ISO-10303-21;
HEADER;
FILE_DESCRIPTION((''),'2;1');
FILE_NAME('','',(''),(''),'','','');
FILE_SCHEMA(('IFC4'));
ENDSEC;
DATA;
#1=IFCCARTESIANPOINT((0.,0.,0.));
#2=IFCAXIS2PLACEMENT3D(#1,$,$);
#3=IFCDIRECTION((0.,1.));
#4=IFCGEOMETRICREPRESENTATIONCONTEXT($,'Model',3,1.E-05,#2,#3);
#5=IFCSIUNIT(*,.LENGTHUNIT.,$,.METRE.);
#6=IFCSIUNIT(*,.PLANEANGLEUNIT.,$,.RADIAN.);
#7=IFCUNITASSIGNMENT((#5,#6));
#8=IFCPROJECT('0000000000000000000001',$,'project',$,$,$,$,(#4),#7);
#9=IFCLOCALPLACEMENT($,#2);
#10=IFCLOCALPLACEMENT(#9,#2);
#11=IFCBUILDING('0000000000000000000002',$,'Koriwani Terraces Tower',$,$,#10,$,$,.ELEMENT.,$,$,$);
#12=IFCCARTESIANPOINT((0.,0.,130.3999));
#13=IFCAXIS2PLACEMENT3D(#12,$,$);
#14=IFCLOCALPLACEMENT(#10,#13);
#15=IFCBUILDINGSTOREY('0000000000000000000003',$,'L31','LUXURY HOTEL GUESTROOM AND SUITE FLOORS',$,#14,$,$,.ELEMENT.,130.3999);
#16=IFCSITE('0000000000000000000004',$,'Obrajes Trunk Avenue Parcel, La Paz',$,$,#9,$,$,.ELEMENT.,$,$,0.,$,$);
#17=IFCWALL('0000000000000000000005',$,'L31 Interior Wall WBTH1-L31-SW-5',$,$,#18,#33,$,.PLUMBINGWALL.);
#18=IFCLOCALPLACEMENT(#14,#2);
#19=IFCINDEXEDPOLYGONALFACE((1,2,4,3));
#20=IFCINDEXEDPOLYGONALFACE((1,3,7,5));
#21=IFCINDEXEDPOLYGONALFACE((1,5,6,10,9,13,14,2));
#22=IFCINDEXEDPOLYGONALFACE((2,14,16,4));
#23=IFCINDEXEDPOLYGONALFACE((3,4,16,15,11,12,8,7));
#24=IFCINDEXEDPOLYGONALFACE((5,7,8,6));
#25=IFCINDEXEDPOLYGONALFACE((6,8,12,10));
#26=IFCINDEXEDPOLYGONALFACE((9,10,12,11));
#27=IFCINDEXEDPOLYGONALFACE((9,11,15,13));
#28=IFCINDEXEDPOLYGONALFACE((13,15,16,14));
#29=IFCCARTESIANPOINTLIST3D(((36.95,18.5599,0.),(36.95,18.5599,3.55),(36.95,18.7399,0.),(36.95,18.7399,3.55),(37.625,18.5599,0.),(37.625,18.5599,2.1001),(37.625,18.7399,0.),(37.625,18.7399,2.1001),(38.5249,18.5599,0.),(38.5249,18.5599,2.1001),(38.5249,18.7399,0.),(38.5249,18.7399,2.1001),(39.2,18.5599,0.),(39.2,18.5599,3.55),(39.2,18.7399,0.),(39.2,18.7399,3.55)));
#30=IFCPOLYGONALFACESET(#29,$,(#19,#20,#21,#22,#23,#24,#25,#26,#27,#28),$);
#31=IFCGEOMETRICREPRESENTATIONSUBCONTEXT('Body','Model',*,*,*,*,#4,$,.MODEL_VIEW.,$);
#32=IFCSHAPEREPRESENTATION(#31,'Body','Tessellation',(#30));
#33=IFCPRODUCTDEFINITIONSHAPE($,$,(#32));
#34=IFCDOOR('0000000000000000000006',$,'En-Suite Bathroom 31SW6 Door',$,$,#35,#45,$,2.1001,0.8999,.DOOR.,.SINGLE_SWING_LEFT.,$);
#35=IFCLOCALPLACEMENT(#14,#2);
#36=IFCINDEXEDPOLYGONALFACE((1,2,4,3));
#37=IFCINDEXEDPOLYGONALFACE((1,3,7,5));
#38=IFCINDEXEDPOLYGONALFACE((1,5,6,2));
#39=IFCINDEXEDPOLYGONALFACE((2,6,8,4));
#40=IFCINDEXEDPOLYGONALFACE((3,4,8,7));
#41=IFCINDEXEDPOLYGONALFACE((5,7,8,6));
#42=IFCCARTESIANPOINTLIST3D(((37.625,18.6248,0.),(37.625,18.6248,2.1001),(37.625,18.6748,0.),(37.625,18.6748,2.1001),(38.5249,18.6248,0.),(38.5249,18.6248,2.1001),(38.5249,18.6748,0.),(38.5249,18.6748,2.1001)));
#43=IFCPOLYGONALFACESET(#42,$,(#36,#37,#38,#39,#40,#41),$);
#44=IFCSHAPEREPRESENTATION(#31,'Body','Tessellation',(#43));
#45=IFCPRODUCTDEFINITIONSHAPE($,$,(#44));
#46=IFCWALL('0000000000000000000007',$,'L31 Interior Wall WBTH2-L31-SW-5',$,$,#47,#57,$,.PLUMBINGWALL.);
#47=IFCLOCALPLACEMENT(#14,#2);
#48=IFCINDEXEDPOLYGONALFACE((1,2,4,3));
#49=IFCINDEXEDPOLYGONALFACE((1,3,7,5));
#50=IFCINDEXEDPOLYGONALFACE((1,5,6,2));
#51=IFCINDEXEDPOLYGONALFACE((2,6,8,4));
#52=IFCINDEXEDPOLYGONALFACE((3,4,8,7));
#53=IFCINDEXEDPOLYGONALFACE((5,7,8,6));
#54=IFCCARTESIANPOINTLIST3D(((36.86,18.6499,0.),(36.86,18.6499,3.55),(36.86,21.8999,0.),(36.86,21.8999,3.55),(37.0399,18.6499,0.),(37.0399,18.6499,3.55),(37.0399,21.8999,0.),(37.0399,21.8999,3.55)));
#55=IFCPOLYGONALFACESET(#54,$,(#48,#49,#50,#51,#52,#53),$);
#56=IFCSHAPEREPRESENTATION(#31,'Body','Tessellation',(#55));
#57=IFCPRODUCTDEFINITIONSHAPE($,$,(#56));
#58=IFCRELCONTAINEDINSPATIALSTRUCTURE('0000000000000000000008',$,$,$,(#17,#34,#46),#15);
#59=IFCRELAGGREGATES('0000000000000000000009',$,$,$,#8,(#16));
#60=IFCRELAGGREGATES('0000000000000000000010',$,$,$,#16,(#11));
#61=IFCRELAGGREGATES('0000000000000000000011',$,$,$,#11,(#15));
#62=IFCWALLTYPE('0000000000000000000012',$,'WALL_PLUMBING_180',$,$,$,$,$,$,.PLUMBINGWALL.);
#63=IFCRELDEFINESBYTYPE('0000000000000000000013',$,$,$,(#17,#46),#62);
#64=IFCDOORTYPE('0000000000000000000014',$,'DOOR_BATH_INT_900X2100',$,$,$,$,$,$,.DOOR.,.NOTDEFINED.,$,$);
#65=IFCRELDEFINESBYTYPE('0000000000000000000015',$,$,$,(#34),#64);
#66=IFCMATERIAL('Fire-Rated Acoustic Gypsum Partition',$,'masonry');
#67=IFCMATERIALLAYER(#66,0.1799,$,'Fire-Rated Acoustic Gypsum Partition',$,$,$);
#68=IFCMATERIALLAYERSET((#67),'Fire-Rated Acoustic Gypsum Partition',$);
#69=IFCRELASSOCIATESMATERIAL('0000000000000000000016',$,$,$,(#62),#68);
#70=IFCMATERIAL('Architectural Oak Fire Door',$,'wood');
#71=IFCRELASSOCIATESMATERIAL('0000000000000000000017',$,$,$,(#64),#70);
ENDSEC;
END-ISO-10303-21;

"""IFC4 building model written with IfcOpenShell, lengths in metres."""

from ifc_helpers import new_model, si_unit, direction, frame, frame_2d, origin, place, context, subcontext, project, spatial, rectangle, extrude, material, layer, layer_set, type_object, element, fill, save


model = new_model("IFC4")

# Units and contexts
model_context = context("Model", 3, precision=1e-05, world=origin(), true_north=direction((0.0, 1.0)))
body_context = subcontext(model_context, "Body", "Model", "MODEL_VIEW")
ifc_project = project(units=[si_unit("LENGTHUNIT", "METRE"), si_unit("PLANEANGLEUNIT", "RADIAN")], contexts=[model_context])

# Site, building, storey
site_placement = place(None, origin())
site = spatial("IfcSite", under=ifc_project, at=site_placement, Name="Obrajes Trunk Avenue Parcel, La Paz", CompositionType="ELEMENT", RefElevation=0.0)
building_placement = place(site_placement, origin())
building = spatial("IfcBuilding", under=site, at=building_placement, Name="Koriwani Terraces Tower", CompositionType="ELEMENT")
storey_placement = place(building_placement, frame((0.0, 0.0, 130.3999)))
storey = spatial("IfcBuildingStorey", under=building, at=storey_placement, Name="L31", Description="LUXURY HOTEL GUESTROOM AND SUITE FLOORS", CompositionType="ELEMENT", Elevation=130.3999)

# Shared definitions
ifc_material_1 = material(Name="Fire-Rated Acoustic Gypsum Partition", Category="masonry")
ifc_layer_1 = layer(ifc_material_1, 0.1799, Name="Fire-Rated Acoustic Gypsum Partition")
ifc_layer_set_1 = layer_set([ifc_layer_1], Name="Fire-Rated Acoustic Gypsum Partition")
wall_type_1 = type_object("IfcWallType", Name="WALL_PLUMBING_180", PredefinedType="PLUMBINGWALL", material=ifc_layer_set_1)
ifc_material_2 = material(Name="Architectural Oak Fire Door", Category="wood")
door_type = type_object("IfcDoorType", Name="DOOR_BATH_INT_900X2100", OperationType="NOTDEFINED", PredefinedType="DOOR", material=ifc_material_2)

# Wall, opening, door
wall_1_placement = place(storey_placement, frame((36.95, 18.6499, 0.0), z_axis=(0.0, 0.0, 1.0), x_axis=(1.0, 0.0, 0.0)))
wall_1 = element("IfcWall", 1, at=wall_1_placement, inside=storey, type_object=wall_type_1, Name="L31 Interior Wall WBTH1-L31-SW-5", PredefinedType="PLUMBINGWALL", context=body_context, shape_type="SweptSolid", body=[
    extrude(rectangle(XDim=2.25, YDim=0.1799, at=frame_2d((1.125, 0.0))), origin(), (0.0, 0.0, 1.0), 3.55),
])
opening_1_placement = place(wall_1_placement, frame((0.675, 0.0, 0.0)))
opening_1 = element("IfcOpeningElement", 2, at=opening_1_placement, cuts=wall_1, PredefinedType="OPENING", context=body_context, shape_type="SweptSolid", body=[
    extrude(rectangle(XDim=0.8999, YDim=2.1001, at=frame_2d((0.45, 1.05))), frame((0.0, 0.1001, 0.0), z_axis=(0.0, -1.0, 0.0), x_axis=(1.0, 0.0, 0.0)), (0.0, 0.0, 1.0), 0.2),
])
door_1_placement = place(opening_1_placement, origin())
door_1 = element("IfcDoor", 3, at=door_1_placement, inside=storey, type_object=door_type, Name="En-Suite Bathroom 31SW6 Door", OperationType="SINGLE_SWING_LEFT", OverallHeight=2.1001, OverallWidth=0.8999, PredefinedType="DOOR", context=body_context, shape_type="SweptSolid", body=[
    extrude(rectangle(XDim=0.8999, YDim=2.1001, at=frame_2d((0.45, 1.05))), frame((0.0, 0.0249, 0.0), z_axis=(0.0, -1.0, 0.0), x_axis=(1.0, 0.0, 0.0)), (0.0, 0.0, 1.0), 0.05),
])
fill(opening_1, door_1)

# Wall
wall_2_placement = place(storey_placement, frame((36.95, 18.6499, 0.0), z_axis=(0.0, 0.0, 1.0), x_axis=(0.0, 1.0, 0.0)))
element("IfcWall", 4, at=wall_2_placement, inside=storey, type_object=wall_type_1, Name="L31 Interior Wall WBTH2-L31-SW-5", PredefinedType="PLUMBINGWALL", context=body_context, shape_type="SweptSolid", body=[
    extrude(rectangle(XDim=3.25, YDim=0.1799, at=frame_2d((1.625, 0.0))), origin(), (0.0, 0.0, 1.0), 3.55),
])

save(model, "model.ifc")
